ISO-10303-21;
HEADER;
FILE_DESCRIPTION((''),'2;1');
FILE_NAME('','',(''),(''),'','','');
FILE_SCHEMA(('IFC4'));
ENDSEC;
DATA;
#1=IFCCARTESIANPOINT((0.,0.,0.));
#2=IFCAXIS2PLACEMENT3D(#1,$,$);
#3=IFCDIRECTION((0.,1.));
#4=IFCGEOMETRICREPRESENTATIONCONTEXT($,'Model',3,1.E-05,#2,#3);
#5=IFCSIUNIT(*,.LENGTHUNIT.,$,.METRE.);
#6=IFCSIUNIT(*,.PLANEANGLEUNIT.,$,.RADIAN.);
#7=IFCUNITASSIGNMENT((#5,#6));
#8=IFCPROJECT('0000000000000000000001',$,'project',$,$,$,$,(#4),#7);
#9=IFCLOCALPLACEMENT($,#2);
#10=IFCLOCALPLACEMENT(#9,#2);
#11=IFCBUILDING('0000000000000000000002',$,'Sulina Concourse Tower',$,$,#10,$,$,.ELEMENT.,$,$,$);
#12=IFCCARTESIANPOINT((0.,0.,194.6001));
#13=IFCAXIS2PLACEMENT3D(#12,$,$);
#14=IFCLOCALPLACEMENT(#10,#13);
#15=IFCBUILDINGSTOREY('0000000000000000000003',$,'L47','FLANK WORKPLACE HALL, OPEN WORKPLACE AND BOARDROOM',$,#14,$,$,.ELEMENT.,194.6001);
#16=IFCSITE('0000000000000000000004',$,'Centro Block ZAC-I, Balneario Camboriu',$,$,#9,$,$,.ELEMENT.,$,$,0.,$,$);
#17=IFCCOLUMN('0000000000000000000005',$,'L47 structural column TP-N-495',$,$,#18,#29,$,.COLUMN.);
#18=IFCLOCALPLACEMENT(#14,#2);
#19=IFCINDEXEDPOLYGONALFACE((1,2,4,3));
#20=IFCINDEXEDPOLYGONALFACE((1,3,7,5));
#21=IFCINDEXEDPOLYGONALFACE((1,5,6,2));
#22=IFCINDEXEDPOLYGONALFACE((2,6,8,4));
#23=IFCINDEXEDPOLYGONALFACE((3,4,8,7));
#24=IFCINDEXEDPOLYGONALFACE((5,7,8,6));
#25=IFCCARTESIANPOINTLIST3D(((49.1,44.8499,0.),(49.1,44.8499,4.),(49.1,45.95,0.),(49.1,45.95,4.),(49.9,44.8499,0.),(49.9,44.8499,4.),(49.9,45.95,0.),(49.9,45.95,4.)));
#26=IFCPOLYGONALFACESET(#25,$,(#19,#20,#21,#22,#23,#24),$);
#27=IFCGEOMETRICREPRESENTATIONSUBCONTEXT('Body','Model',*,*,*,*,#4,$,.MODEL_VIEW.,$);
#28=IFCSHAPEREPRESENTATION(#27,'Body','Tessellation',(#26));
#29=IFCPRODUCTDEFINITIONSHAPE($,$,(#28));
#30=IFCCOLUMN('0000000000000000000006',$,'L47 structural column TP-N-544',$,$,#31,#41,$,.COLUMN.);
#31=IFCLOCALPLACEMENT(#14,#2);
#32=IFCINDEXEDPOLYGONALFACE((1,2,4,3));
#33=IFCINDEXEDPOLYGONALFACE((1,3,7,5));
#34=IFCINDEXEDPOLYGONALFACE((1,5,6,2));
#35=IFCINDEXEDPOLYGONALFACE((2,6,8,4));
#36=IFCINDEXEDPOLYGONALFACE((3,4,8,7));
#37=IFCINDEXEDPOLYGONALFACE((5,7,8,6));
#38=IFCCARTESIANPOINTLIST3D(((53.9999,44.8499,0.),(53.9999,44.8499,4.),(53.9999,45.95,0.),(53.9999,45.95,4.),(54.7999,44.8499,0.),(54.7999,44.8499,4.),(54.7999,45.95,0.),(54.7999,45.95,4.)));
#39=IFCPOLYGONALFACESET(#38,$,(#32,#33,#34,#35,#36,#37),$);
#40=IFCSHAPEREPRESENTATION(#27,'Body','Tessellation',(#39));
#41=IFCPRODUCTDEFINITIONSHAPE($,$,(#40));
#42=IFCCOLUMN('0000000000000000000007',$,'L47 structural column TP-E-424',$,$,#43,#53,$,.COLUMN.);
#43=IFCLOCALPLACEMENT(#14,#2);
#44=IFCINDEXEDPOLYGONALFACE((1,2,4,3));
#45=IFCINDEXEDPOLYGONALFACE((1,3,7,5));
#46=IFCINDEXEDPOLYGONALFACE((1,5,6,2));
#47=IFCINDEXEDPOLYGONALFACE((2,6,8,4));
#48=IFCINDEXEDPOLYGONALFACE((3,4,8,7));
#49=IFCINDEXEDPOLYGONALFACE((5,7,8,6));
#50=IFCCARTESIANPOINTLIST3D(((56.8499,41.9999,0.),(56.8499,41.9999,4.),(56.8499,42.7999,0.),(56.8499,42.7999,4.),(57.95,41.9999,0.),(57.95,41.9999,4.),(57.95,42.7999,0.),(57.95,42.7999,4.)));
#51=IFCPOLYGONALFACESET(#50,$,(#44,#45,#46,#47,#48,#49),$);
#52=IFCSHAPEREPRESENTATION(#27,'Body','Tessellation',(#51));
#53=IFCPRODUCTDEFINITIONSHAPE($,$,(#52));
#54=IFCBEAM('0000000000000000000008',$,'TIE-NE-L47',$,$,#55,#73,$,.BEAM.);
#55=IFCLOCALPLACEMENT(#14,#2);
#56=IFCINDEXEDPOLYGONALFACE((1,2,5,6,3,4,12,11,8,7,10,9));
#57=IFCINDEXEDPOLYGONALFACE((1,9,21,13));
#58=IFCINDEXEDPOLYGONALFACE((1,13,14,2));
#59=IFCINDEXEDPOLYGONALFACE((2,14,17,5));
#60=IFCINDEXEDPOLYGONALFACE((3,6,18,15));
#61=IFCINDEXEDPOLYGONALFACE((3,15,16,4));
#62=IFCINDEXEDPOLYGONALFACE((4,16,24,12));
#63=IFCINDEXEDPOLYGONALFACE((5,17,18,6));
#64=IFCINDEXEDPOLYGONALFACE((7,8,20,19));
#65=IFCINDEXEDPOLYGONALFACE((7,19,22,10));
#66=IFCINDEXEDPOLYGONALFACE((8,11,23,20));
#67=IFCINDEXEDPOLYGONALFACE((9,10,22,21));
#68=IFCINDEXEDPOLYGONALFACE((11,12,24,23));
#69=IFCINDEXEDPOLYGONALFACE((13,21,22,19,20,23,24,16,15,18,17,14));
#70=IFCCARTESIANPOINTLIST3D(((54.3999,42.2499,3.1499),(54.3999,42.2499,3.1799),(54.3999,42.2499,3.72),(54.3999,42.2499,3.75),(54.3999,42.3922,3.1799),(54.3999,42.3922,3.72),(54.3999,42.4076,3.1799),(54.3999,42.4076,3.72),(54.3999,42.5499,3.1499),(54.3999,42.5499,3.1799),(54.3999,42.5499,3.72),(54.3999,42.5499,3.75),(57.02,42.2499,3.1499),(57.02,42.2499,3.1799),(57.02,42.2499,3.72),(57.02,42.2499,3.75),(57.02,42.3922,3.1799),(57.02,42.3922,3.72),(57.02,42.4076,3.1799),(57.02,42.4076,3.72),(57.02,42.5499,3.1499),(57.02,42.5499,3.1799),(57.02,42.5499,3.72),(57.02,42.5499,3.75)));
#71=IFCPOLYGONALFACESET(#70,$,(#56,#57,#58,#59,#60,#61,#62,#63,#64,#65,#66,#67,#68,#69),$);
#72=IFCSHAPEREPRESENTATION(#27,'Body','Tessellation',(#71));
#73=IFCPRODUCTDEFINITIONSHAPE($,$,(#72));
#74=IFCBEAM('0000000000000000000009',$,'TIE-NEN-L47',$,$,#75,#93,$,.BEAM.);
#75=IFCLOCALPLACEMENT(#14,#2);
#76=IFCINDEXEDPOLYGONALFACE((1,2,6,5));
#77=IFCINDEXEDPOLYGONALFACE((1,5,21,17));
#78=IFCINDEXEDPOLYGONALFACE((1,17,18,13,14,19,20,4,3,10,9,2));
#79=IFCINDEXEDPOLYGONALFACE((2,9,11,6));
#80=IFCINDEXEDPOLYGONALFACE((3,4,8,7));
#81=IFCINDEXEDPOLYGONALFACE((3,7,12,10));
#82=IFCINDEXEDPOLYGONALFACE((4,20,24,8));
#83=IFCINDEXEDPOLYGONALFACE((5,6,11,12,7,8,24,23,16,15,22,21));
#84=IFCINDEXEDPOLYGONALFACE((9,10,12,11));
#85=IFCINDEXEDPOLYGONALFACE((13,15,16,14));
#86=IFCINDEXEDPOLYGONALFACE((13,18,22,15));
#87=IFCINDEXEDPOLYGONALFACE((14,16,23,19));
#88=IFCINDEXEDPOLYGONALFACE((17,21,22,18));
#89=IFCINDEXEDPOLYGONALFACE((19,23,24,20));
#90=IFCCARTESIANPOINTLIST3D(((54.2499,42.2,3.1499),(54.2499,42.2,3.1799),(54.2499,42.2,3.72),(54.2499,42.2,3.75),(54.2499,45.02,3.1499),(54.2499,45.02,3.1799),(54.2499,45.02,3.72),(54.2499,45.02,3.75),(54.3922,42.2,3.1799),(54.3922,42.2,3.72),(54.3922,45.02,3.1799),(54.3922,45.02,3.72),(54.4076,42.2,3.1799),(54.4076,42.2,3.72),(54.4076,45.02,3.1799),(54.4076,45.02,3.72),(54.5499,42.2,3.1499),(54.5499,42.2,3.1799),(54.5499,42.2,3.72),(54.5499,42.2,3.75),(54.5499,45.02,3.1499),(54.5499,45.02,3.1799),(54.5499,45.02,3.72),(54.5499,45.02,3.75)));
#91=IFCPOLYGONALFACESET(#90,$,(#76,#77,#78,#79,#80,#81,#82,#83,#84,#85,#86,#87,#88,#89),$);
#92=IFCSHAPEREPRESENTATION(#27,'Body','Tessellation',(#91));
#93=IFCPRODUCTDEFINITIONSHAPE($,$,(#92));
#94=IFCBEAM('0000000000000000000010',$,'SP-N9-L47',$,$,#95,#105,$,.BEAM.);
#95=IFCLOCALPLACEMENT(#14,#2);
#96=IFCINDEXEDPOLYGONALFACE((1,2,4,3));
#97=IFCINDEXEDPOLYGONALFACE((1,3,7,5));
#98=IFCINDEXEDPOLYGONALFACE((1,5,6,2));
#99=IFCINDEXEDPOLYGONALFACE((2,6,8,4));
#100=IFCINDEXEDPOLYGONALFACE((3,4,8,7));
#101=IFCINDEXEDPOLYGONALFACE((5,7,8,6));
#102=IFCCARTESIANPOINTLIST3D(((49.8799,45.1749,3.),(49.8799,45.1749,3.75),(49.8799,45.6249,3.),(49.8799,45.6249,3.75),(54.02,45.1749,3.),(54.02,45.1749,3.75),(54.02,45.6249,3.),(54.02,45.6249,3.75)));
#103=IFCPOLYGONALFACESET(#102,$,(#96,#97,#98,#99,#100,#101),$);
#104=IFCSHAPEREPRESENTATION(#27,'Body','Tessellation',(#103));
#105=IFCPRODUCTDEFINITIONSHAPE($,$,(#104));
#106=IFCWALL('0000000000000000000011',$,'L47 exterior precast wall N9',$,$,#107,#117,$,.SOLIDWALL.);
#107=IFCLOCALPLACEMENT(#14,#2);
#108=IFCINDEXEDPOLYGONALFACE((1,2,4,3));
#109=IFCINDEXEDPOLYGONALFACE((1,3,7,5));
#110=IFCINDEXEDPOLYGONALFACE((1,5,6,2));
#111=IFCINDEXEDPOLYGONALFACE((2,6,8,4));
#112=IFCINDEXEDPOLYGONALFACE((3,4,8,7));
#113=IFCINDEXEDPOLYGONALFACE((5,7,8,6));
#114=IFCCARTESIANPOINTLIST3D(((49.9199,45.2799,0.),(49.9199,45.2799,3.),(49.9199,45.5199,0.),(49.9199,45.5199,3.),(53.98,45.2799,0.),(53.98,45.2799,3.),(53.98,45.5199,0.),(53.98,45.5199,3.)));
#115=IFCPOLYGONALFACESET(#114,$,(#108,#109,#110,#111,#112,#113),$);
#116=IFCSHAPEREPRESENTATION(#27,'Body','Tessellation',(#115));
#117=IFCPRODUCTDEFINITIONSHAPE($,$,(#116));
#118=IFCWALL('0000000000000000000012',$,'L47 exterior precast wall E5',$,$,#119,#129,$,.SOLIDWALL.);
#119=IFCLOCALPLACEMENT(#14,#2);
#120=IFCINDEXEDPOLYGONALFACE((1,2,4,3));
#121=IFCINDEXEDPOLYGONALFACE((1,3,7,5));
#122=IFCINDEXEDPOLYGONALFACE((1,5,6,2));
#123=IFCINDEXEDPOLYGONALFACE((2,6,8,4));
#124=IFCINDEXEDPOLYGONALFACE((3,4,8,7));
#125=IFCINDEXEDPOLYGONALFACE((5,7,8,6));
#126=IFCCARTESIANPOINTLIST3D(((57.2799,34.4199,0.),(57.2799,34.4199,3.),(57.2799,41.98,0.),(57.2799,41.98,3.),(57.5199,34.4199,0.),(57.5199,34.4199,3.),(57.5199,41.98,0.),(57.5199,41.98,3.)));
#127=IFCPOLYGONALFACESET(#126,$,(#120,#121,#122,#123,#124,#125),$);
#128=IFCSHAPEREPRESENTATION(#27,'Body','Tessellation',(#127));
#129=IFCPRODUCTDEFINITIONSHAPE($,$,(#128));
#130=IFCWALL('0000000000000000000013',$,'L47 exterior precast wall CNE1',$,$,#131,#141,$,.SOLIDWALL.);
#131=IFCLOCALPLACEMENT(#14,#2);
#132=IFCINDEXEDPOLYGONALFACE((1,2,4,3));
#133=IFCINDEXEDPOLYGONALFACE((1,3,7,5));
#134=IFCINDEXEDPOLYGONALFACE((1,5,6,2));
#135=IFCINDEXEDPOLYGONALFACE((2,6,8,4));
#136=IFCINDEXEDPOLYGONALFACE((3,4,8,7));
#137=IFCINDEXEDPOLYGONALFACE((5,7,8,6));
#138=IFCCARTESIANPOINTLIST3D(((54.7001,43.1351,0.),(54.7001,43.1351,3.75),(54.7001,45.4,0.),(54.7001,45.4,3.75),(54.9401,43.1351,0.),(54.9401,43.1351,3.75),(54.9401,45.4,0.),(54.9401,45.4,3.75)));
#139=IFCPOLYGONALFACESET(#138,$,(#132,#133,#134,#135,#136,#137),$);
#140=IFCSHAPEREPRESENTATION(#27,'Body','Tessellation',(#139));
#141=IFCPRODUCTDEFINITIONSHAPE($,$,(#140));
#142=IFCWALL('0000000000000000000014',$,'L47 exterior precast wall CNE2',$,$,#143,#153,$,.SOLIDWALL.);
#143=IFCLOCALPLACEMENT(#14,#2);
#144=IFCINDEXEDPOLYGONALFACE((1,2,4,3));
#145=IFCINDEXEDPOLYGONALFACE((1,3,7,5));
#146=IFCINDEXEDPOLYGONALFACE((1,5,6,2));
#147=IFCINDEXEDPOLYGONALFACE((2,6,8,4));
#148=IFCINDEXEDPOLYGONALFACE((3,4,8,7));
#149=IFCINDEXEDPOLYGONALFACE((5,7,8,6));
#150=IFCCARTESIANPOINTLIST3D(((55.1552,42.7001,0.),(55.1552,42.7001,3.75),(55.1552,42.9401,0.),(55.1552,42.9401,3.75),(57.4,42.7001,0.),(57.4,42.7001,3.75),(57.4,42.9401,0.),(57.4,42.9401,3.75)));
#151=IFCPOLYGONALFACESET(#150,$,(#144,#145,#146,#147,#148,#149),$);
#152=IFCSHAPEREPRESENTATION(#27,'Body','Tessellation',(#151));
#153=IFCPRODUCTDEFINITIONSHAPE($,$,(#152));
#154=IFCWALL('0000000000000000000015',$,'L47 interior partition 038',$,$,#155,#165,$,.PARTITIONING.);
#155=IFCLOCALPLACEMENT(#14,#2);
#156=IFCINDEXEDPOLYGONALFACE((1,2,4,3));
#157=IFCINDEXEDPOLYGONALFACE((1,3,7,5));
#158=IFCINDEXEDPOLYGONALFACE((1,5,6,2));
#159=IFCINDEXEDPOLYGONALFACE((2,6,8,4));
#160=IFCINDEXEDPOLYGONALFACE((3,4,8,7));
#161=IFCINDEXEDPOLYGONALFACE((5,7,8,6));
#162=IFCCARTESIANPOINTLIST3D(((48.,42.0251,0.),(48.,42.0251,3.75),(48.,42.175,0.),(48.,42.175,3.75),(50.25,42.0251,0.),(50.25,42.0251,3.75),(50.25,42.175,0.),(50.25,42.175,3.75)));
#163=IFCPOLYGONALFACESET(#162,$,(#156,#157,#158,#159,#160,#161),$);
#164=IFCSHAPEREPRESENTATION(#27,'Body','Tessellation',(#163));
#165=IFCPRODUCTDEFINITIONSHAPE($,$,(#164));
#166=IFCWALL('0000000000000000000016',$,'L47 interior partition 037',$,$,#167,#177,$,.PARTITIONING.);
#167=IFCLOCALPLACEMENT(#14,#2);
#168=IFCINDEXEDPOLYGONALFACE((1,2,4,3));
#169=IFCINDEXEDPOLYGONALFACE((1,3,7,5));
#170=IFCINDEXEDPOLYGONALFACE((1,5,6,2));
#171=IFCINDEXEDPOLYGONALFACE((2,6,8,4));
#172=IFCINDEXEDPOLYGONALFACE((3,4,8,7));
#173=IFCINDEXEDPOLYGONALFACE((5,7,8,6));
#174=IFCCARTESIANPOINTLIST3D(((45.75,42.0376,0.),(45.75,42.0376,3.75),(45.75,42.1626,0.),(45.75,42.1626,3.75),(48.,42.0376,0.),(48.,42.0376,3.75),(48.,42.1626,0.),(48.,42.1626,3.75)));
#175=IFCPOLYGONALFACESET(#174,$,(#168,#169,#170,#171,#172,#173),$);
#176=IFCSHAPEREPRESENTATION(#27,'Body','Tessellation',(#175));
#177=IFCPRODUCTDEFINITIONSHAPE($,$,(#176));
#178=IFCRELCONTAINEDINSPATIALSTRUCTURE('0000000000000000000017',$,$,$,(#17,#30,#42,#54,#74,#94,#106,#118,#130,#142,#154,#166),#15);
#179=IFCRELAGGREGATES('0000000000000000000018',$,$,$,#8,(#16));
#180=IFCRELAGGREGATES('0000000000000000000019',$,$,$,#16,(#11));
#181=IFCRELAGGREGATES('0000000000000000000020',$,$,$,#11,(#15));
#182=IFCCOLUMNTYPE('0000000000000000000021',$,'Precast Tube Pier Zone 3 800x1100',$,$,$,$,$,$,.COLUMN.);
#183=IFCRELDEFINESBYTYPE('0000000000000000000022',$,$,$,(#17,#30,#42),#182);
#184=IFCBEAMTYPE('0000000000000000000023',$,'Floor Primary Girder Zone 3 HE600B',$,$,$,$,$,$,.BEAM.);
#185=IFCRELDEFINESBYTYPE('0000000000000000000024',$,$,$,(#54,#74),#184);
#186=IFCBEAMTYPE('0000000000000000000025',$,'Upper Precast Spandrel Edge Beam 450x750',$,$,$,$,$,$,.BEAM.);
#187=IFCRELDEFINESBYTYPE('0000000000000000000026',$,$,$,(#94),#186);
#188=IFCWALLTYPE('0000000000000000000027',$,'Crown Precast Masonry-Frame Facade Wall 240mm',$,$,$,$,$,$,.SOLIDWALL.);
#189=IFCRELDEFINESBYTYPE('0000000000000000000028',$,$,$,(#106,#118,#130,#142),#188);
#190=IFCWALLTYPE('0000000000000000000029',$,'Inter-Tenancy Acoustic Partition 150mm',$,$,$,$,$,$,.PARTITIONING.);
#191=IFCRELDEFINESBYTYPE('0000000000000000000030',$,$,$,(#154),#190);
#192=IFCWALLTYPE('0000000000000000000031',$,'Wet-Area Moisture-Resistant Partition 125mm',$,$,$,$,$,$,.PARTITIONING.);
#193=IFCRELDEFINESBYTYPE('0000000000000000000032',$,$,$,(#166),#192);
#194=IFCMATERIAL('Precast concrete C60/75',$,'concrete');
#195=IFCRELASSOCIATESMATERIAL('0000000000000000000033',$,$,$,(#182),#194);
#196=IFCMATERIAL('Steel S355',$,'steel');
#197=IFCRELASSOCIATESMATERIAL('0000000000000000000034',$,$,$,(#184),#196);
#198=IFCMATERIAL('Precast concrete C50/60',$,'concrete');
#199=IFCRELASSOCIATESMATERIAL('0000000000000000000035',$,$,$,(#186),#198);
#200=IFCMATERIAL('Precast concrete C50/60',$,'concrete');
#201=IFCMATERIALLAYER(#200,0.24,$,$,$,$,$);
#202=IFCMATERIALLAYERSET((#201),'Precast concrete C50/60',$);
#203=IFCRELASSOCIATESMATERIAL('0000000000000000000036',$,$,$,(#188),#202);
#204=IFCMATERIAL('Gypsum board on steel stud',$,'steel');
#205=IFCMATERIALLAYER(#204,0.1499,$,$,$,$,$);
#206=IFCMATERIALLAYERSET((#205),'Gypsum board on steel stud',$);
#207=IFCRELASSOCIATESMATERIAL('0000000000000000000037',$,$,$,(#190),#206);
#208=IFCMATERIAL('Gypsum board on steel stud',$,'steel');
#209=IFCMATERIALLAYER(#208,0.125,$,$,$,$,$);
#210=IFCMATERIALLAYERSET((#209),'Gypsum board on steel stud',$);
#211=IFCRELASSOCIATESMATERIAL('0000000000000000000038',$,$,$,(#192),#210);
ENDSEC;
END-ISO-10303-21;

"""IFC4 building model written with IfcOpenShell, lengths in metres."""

from ifc_helpers import new_model, si_unit, direction, frame, frame_2d, origin, origin_2d, place, context, subcontext, project, spatial, rectangle, i_section, extrude, material, layer, layer_set, material_profile, profile_set, type_object, element, save


model = new_model("IFC4")

# Units and contexts
model_context = context("Model", 3, precision=1e-05, world=origin(), true_north=direction((0.0, 1.0)))
body_context = subcontext(model_context, "Body", "Model", "MODEL_VIEW")
ifc_project = project(units=[si_unit("LENGTHUNIT", "METRE"), si_unit("PLANEANGLEUNIT", "RADIAN")], contexts=[model_context])

# Site, building, storey
site_placement = place(None, origin())
site = spatial("IfcSite", under=ifc_project, at=site_placement, Name="Centro Block ZAC-I, Balneario Camboriu", CompositionType="ELEMENT", RefElevation=0.0)
building_placement = place(site_placement, origin())
building = spatial("IfcBuilding", under=site, at=building_placement, Name="Sulina Concourse Tower", CompositionType="ELEMENT")
storey_placement = place(building_placement, frame((0.0, 0.0, 194.6001)))
storey = spatial("IfcBuildingStorey", under=building, at=storey_placement, Name="L47", Description="FLANK WORKPLACE HALL, OPEN WORKPLACE AND BOARDROOM", CompositionType="ELEMENT", Elevation=194.6001)

# Columns
ifc_material_1 = material(Name="Precast concrete C60/75", Category="concrete")
ifc_material_profile_1 = material_profile(ifc_material_1, rectangle(XDim=0.8, YDim=1.1001, at=origin_2d()), Name="PC 800x1100")
ifc_profile_set_1 = profile_set([ifc_material_profile_1], Name="Precast concrete C60/75")
column_type = type_object("IfcColumnType", Name="Precast Tube Pier Zone 3 800x1100", PredefinedType="COLUMN", material=ifc_profile_set_1)
for number, where, z_axis, x_axis, name in (
    (1, (49.5, 45.3999, 0.0), (0.0, 0.0, 1.0), (1.0, 0.0, 0.0), "L47 structural column TP-N-495"),
    (2, (54.3999, 45.3999, 0.0), (0.0, 0.0, 1.0), (1.0, 0.0, 0.0), "L47 structural column TP-N-544"),
    (3, (57.3999, 42.3999, 0.0), (0.0, 0.0, 1.0), (0.0, 1.0, 0.0), "L47 structural column TP-E-424"),
):
    element("IfcColumn", number, at=place(storey_placement, frame(where, z_axis=z_axis, x_axis=x_axis)), inside=storey, type_object=column_type, Name=name, PredefinedType="COLUMN", context=body_context, shape_type="SweptSolid", body=[
        extrude(rectangle(XDim=0.8, YDim=1.1001, at=origin_2d()), origin(), (0.0, 0.0, 1.0), 4.0),
    ])

# Beams
ifc_material_2 = material(Name="Steel S355", Category="steel")
ifc_material_profile_2 = material_profile(ifc_material_2, i_section(OverallWidth=0.3, OverallDepth=0.6001, WebThickness=0.0154, FlangeThickness=0.03, at=origin_2d()), Name="HE 600 B")
ifc_profile_set_2 = profile_set([ifc_material_profile_2], Name="Steel S355")
beam_type_1 = type_object("IfcBeamType", Name="Floor Primary Girder Zone 3 HE600B", PredefinedType="BEAM", material=ifc_profile_set_2)
beam_1_placement = place(storey_placement, frame((54.3999, 42.3999, 3.45), z_axis=(1.0, 0.0, 0.0), x_axis=(0.0, 1.0, 0.0)))
element("IfcBeam", 4, at=beam_1_placement, inside=storey, type_object=beam_type_1, Name="TIE-NE-L47", PredefinedType="BEAM", context=body_context, shape_type="SweptSolid", body=[
    extrude(i_section(OverallWidth=0.3, OverallDepth=0.6001, WebThickness=0.0154, FlangeThickness=0.03, at=origin_2d()), origin(), (0.0, 0.0, 1.0), 2.6201),
])
beam_2_placement = place(storey_placement, frame((54.3999, 42.2, 3.45), z_axis=(0.0, 1.0, 0.0), x_axis=(-1.0, 0.0, 0.0)))
element("IfcBeam", 5, at=beam_2_placement, inside=storey, type_object=beam_type_1, Name="TIE-NEN-L47", PredefinedType="BEAM", context=body_context, shape_type="SweptSolid", body=[
    extrude(i_section(OverallWidth=0.3, OverallDepth=0.6001, WebThickness=0.0154, FlangeThickness=0.03, at=origin_2d()), origin(), (0.0, 0.0, 1.0), 2.8201),
])
ifc_material_3 = material(Name="Precast concrete C50/60", Category="concrete")
ifc_material_profile_3 = material_profile(ifc_material_3, rectangle(XDim=0.45, YDim=0.75, at=origin_2d()), Name="RC 450x750")
ifc_profile_set_3 = profile_set([ifc_material_profile_3], Name="Precast concrete C50/60")
beam_type_2 = type_object("IfcBeamType", Name="Upper Precast Spandrel Edge Beam 450x750", PredefinedType="BEAM", material=ifc_profile_set_3)
beam_3_placement = place(storey_placement, frame((49.8799, 45.3999, 3.375), z_axis=(1.0, 0.0, 0.0), x_axis=(0.0, 1.0, 0.0)))
element("IfcBeam", 6, at=beam_3_placement, inside=storey, type_object=beam_type_2, Name="SP-N9-L47", PredefinedType="BEAM", context=body_context, shape_type="SweptSolid", body=[
    extrude(rectangle(XDim=0.45, YDim=0.75, at=origin_2d()), origin(), (0.0, 0.0, 1.0), 4.1401),
])

# Walls
ifc_material_4 = material(Name="Precast concrete C50/60", Category="concrete")
ifc_layer_1 = layer(ifc_material_4, 0.24)
ifc_layer_set_1 = layer_set([ifc_layer_1], Name="Precast concrete C50/60")
wall_type_1 = type_object("IfcWallType", Name="Crown Precast Masonry-Frame Facade Wall 240mm", PredefinedType="SOLIDWALL", material=ifc_layer_set_1)
wall_1_placement = place(storey_placement, frame((49.9199, 45.3999, 0.0), z_axis=(0.0, 0.0, 1.0), x_axis=(1.0, 0.0, 0.0)))
element("IfcWall", 7, at=wall_1_placement, inside=storey, type_object=wall_type_1, Name="L47 exterior precast wall N9", PredefinedType="SOLIDWALL", context=body_context, shape_type="SweptSolid", body=[
    extrude(rectangle(XDim=4.0601, YDim=0.24, at=frame_2d((2.03, 0.0))), origin(), (0.0, 0.0, 1.0), 3.0),
])
wall_2_placement = place(storey_placement, frame((57.3999, 41.98, 0.0), z_axis=(0.0, 0.0, 1.0), x_axis=(0.0, -1.0, 0.0)))
element("IfcWall", 8, at=wall_2_placement, inside=storey, type_object=wall_type_1, Name="L47 exterior precast wall E5", PredefinedType="SOLIDWALL", context=body_context, shape_type="SweptSolid", body=[
    extrude(rectangle(XDim=7.5601, YDim=0.24, at=frame_2d((3.78, 0.0))), origin(), (0.0, 0.0, 1.0), 3.0),
])
wall_3_placement = place(storey_placement, frame((54.8201, 45.3999, 0.0), z_axis=(0.0, 0.0, 1.0), x_axis=(0.0, -1.0, 0.0)))
element("IfcWall", 9, at=wall_3_placement, inside=storey, type_object=wall_type_1, Name="L47 exterior precast wall CNE1", PredefinedType="SOLIDWALL", context=body_context, shape_type="SweptSolid", body=[
    extrude(rectangle(XDim=2.2649, YDim=0.24, at=frame_2d((1.1323, 0.0))), origin(), (0.0, 0.0, 1.0), 3.75),
])
wall_4_placement = place(storey_placement, frame((55.155, 42.8201, 0.0), z_axis=(0.0, 0.0, 1.0), x_axis=(1.0, 0.0, 0.0)))
element("IfcWall", 10, at=wall_4_placement, inside=storey, type_object=wall_type_1, Name="L47 exterior precast wall CNE2", PredefinedType="SOLIDWALL", context=body_context, shape_type="SweptSolid", body=[
    extrude(rectangle(XDim=2.2449, YDim=0.24, at=frame_2d((1.1226, 0.0))), origin(), (0.0, 0.0, 1.0), 3.75),
])
ifc_material_5 = material(Name="Gypsum board on steel stud", Category="steel")
ifc_layer_2 = layer(ifc_material_5, 0.1499)
ifc_layer_set_2 = layer_set([ifc_layer_2], Name="Gypsum board on steel stud")
wall_type_2 = type_object("IfcWallType", Name="Inter-Tenancy Acoustic Partition 150mm", PredefinedType="PARTITIONING", material=ifc_layer_set_2)
wall_5_placement = place(storey_placement, frame((48.0, 42.1001, 0.0), z_axis=(0.0, 0.0, 1.0), x_axis=(1.0, 0.0, 0.0)))
element("IfcWall", 11, at=wall_5_placement, inside=storey, type_object=wall_type_2, Name="L47 interior partition 038", PredefinedType="PARTITIONING", context=body_context, shape_type="SweptSolid", body=[
    extrude(rectangle(XDim=2.25, YDim=0.1499, at=frame_2d((1.125, 0.0))), origin(), (0.0, 0.0, 1.0), 3.75),
])
ifc_material_6 = material(Name="Gypsum board on steel stud", Category="steel")
ifc_layer_3 = layer(ifc_material_6, 0.125)
ifc_layer_set_3 = layer_set([ifc_layer_3], Name="Gypsum board on steel stud")
wall_type_3 = type_object("IfcWallType", Name="Wet-Area Moisture-Resistant Partition 125mm", PredefinedType="PARTITIONING", material=ifc_layer_set_3)
wall_6_placement = place(storey_placement, frame((45.75, 42.1001, 0.0), z_axis=(0.0, 0.0, 1.0), x_axis=(1.0, 0.0, 0.0)))
element("IfcWall", 12, at=wall_6_placement, inside=storey, type_object=wall_type_3, Name="L47 interior partition 037", PredefinedType="PARTITIONING", context=body_context, shape_type="SweptSolid", body=[
    extrude(rectangle(XDim=2.25, YDim=0.125, at=frame_2d((1.125, 0.0))), origin(), (0.0, 0.0, 1.0), 3.75),
])

save(model, "model.ifc")
